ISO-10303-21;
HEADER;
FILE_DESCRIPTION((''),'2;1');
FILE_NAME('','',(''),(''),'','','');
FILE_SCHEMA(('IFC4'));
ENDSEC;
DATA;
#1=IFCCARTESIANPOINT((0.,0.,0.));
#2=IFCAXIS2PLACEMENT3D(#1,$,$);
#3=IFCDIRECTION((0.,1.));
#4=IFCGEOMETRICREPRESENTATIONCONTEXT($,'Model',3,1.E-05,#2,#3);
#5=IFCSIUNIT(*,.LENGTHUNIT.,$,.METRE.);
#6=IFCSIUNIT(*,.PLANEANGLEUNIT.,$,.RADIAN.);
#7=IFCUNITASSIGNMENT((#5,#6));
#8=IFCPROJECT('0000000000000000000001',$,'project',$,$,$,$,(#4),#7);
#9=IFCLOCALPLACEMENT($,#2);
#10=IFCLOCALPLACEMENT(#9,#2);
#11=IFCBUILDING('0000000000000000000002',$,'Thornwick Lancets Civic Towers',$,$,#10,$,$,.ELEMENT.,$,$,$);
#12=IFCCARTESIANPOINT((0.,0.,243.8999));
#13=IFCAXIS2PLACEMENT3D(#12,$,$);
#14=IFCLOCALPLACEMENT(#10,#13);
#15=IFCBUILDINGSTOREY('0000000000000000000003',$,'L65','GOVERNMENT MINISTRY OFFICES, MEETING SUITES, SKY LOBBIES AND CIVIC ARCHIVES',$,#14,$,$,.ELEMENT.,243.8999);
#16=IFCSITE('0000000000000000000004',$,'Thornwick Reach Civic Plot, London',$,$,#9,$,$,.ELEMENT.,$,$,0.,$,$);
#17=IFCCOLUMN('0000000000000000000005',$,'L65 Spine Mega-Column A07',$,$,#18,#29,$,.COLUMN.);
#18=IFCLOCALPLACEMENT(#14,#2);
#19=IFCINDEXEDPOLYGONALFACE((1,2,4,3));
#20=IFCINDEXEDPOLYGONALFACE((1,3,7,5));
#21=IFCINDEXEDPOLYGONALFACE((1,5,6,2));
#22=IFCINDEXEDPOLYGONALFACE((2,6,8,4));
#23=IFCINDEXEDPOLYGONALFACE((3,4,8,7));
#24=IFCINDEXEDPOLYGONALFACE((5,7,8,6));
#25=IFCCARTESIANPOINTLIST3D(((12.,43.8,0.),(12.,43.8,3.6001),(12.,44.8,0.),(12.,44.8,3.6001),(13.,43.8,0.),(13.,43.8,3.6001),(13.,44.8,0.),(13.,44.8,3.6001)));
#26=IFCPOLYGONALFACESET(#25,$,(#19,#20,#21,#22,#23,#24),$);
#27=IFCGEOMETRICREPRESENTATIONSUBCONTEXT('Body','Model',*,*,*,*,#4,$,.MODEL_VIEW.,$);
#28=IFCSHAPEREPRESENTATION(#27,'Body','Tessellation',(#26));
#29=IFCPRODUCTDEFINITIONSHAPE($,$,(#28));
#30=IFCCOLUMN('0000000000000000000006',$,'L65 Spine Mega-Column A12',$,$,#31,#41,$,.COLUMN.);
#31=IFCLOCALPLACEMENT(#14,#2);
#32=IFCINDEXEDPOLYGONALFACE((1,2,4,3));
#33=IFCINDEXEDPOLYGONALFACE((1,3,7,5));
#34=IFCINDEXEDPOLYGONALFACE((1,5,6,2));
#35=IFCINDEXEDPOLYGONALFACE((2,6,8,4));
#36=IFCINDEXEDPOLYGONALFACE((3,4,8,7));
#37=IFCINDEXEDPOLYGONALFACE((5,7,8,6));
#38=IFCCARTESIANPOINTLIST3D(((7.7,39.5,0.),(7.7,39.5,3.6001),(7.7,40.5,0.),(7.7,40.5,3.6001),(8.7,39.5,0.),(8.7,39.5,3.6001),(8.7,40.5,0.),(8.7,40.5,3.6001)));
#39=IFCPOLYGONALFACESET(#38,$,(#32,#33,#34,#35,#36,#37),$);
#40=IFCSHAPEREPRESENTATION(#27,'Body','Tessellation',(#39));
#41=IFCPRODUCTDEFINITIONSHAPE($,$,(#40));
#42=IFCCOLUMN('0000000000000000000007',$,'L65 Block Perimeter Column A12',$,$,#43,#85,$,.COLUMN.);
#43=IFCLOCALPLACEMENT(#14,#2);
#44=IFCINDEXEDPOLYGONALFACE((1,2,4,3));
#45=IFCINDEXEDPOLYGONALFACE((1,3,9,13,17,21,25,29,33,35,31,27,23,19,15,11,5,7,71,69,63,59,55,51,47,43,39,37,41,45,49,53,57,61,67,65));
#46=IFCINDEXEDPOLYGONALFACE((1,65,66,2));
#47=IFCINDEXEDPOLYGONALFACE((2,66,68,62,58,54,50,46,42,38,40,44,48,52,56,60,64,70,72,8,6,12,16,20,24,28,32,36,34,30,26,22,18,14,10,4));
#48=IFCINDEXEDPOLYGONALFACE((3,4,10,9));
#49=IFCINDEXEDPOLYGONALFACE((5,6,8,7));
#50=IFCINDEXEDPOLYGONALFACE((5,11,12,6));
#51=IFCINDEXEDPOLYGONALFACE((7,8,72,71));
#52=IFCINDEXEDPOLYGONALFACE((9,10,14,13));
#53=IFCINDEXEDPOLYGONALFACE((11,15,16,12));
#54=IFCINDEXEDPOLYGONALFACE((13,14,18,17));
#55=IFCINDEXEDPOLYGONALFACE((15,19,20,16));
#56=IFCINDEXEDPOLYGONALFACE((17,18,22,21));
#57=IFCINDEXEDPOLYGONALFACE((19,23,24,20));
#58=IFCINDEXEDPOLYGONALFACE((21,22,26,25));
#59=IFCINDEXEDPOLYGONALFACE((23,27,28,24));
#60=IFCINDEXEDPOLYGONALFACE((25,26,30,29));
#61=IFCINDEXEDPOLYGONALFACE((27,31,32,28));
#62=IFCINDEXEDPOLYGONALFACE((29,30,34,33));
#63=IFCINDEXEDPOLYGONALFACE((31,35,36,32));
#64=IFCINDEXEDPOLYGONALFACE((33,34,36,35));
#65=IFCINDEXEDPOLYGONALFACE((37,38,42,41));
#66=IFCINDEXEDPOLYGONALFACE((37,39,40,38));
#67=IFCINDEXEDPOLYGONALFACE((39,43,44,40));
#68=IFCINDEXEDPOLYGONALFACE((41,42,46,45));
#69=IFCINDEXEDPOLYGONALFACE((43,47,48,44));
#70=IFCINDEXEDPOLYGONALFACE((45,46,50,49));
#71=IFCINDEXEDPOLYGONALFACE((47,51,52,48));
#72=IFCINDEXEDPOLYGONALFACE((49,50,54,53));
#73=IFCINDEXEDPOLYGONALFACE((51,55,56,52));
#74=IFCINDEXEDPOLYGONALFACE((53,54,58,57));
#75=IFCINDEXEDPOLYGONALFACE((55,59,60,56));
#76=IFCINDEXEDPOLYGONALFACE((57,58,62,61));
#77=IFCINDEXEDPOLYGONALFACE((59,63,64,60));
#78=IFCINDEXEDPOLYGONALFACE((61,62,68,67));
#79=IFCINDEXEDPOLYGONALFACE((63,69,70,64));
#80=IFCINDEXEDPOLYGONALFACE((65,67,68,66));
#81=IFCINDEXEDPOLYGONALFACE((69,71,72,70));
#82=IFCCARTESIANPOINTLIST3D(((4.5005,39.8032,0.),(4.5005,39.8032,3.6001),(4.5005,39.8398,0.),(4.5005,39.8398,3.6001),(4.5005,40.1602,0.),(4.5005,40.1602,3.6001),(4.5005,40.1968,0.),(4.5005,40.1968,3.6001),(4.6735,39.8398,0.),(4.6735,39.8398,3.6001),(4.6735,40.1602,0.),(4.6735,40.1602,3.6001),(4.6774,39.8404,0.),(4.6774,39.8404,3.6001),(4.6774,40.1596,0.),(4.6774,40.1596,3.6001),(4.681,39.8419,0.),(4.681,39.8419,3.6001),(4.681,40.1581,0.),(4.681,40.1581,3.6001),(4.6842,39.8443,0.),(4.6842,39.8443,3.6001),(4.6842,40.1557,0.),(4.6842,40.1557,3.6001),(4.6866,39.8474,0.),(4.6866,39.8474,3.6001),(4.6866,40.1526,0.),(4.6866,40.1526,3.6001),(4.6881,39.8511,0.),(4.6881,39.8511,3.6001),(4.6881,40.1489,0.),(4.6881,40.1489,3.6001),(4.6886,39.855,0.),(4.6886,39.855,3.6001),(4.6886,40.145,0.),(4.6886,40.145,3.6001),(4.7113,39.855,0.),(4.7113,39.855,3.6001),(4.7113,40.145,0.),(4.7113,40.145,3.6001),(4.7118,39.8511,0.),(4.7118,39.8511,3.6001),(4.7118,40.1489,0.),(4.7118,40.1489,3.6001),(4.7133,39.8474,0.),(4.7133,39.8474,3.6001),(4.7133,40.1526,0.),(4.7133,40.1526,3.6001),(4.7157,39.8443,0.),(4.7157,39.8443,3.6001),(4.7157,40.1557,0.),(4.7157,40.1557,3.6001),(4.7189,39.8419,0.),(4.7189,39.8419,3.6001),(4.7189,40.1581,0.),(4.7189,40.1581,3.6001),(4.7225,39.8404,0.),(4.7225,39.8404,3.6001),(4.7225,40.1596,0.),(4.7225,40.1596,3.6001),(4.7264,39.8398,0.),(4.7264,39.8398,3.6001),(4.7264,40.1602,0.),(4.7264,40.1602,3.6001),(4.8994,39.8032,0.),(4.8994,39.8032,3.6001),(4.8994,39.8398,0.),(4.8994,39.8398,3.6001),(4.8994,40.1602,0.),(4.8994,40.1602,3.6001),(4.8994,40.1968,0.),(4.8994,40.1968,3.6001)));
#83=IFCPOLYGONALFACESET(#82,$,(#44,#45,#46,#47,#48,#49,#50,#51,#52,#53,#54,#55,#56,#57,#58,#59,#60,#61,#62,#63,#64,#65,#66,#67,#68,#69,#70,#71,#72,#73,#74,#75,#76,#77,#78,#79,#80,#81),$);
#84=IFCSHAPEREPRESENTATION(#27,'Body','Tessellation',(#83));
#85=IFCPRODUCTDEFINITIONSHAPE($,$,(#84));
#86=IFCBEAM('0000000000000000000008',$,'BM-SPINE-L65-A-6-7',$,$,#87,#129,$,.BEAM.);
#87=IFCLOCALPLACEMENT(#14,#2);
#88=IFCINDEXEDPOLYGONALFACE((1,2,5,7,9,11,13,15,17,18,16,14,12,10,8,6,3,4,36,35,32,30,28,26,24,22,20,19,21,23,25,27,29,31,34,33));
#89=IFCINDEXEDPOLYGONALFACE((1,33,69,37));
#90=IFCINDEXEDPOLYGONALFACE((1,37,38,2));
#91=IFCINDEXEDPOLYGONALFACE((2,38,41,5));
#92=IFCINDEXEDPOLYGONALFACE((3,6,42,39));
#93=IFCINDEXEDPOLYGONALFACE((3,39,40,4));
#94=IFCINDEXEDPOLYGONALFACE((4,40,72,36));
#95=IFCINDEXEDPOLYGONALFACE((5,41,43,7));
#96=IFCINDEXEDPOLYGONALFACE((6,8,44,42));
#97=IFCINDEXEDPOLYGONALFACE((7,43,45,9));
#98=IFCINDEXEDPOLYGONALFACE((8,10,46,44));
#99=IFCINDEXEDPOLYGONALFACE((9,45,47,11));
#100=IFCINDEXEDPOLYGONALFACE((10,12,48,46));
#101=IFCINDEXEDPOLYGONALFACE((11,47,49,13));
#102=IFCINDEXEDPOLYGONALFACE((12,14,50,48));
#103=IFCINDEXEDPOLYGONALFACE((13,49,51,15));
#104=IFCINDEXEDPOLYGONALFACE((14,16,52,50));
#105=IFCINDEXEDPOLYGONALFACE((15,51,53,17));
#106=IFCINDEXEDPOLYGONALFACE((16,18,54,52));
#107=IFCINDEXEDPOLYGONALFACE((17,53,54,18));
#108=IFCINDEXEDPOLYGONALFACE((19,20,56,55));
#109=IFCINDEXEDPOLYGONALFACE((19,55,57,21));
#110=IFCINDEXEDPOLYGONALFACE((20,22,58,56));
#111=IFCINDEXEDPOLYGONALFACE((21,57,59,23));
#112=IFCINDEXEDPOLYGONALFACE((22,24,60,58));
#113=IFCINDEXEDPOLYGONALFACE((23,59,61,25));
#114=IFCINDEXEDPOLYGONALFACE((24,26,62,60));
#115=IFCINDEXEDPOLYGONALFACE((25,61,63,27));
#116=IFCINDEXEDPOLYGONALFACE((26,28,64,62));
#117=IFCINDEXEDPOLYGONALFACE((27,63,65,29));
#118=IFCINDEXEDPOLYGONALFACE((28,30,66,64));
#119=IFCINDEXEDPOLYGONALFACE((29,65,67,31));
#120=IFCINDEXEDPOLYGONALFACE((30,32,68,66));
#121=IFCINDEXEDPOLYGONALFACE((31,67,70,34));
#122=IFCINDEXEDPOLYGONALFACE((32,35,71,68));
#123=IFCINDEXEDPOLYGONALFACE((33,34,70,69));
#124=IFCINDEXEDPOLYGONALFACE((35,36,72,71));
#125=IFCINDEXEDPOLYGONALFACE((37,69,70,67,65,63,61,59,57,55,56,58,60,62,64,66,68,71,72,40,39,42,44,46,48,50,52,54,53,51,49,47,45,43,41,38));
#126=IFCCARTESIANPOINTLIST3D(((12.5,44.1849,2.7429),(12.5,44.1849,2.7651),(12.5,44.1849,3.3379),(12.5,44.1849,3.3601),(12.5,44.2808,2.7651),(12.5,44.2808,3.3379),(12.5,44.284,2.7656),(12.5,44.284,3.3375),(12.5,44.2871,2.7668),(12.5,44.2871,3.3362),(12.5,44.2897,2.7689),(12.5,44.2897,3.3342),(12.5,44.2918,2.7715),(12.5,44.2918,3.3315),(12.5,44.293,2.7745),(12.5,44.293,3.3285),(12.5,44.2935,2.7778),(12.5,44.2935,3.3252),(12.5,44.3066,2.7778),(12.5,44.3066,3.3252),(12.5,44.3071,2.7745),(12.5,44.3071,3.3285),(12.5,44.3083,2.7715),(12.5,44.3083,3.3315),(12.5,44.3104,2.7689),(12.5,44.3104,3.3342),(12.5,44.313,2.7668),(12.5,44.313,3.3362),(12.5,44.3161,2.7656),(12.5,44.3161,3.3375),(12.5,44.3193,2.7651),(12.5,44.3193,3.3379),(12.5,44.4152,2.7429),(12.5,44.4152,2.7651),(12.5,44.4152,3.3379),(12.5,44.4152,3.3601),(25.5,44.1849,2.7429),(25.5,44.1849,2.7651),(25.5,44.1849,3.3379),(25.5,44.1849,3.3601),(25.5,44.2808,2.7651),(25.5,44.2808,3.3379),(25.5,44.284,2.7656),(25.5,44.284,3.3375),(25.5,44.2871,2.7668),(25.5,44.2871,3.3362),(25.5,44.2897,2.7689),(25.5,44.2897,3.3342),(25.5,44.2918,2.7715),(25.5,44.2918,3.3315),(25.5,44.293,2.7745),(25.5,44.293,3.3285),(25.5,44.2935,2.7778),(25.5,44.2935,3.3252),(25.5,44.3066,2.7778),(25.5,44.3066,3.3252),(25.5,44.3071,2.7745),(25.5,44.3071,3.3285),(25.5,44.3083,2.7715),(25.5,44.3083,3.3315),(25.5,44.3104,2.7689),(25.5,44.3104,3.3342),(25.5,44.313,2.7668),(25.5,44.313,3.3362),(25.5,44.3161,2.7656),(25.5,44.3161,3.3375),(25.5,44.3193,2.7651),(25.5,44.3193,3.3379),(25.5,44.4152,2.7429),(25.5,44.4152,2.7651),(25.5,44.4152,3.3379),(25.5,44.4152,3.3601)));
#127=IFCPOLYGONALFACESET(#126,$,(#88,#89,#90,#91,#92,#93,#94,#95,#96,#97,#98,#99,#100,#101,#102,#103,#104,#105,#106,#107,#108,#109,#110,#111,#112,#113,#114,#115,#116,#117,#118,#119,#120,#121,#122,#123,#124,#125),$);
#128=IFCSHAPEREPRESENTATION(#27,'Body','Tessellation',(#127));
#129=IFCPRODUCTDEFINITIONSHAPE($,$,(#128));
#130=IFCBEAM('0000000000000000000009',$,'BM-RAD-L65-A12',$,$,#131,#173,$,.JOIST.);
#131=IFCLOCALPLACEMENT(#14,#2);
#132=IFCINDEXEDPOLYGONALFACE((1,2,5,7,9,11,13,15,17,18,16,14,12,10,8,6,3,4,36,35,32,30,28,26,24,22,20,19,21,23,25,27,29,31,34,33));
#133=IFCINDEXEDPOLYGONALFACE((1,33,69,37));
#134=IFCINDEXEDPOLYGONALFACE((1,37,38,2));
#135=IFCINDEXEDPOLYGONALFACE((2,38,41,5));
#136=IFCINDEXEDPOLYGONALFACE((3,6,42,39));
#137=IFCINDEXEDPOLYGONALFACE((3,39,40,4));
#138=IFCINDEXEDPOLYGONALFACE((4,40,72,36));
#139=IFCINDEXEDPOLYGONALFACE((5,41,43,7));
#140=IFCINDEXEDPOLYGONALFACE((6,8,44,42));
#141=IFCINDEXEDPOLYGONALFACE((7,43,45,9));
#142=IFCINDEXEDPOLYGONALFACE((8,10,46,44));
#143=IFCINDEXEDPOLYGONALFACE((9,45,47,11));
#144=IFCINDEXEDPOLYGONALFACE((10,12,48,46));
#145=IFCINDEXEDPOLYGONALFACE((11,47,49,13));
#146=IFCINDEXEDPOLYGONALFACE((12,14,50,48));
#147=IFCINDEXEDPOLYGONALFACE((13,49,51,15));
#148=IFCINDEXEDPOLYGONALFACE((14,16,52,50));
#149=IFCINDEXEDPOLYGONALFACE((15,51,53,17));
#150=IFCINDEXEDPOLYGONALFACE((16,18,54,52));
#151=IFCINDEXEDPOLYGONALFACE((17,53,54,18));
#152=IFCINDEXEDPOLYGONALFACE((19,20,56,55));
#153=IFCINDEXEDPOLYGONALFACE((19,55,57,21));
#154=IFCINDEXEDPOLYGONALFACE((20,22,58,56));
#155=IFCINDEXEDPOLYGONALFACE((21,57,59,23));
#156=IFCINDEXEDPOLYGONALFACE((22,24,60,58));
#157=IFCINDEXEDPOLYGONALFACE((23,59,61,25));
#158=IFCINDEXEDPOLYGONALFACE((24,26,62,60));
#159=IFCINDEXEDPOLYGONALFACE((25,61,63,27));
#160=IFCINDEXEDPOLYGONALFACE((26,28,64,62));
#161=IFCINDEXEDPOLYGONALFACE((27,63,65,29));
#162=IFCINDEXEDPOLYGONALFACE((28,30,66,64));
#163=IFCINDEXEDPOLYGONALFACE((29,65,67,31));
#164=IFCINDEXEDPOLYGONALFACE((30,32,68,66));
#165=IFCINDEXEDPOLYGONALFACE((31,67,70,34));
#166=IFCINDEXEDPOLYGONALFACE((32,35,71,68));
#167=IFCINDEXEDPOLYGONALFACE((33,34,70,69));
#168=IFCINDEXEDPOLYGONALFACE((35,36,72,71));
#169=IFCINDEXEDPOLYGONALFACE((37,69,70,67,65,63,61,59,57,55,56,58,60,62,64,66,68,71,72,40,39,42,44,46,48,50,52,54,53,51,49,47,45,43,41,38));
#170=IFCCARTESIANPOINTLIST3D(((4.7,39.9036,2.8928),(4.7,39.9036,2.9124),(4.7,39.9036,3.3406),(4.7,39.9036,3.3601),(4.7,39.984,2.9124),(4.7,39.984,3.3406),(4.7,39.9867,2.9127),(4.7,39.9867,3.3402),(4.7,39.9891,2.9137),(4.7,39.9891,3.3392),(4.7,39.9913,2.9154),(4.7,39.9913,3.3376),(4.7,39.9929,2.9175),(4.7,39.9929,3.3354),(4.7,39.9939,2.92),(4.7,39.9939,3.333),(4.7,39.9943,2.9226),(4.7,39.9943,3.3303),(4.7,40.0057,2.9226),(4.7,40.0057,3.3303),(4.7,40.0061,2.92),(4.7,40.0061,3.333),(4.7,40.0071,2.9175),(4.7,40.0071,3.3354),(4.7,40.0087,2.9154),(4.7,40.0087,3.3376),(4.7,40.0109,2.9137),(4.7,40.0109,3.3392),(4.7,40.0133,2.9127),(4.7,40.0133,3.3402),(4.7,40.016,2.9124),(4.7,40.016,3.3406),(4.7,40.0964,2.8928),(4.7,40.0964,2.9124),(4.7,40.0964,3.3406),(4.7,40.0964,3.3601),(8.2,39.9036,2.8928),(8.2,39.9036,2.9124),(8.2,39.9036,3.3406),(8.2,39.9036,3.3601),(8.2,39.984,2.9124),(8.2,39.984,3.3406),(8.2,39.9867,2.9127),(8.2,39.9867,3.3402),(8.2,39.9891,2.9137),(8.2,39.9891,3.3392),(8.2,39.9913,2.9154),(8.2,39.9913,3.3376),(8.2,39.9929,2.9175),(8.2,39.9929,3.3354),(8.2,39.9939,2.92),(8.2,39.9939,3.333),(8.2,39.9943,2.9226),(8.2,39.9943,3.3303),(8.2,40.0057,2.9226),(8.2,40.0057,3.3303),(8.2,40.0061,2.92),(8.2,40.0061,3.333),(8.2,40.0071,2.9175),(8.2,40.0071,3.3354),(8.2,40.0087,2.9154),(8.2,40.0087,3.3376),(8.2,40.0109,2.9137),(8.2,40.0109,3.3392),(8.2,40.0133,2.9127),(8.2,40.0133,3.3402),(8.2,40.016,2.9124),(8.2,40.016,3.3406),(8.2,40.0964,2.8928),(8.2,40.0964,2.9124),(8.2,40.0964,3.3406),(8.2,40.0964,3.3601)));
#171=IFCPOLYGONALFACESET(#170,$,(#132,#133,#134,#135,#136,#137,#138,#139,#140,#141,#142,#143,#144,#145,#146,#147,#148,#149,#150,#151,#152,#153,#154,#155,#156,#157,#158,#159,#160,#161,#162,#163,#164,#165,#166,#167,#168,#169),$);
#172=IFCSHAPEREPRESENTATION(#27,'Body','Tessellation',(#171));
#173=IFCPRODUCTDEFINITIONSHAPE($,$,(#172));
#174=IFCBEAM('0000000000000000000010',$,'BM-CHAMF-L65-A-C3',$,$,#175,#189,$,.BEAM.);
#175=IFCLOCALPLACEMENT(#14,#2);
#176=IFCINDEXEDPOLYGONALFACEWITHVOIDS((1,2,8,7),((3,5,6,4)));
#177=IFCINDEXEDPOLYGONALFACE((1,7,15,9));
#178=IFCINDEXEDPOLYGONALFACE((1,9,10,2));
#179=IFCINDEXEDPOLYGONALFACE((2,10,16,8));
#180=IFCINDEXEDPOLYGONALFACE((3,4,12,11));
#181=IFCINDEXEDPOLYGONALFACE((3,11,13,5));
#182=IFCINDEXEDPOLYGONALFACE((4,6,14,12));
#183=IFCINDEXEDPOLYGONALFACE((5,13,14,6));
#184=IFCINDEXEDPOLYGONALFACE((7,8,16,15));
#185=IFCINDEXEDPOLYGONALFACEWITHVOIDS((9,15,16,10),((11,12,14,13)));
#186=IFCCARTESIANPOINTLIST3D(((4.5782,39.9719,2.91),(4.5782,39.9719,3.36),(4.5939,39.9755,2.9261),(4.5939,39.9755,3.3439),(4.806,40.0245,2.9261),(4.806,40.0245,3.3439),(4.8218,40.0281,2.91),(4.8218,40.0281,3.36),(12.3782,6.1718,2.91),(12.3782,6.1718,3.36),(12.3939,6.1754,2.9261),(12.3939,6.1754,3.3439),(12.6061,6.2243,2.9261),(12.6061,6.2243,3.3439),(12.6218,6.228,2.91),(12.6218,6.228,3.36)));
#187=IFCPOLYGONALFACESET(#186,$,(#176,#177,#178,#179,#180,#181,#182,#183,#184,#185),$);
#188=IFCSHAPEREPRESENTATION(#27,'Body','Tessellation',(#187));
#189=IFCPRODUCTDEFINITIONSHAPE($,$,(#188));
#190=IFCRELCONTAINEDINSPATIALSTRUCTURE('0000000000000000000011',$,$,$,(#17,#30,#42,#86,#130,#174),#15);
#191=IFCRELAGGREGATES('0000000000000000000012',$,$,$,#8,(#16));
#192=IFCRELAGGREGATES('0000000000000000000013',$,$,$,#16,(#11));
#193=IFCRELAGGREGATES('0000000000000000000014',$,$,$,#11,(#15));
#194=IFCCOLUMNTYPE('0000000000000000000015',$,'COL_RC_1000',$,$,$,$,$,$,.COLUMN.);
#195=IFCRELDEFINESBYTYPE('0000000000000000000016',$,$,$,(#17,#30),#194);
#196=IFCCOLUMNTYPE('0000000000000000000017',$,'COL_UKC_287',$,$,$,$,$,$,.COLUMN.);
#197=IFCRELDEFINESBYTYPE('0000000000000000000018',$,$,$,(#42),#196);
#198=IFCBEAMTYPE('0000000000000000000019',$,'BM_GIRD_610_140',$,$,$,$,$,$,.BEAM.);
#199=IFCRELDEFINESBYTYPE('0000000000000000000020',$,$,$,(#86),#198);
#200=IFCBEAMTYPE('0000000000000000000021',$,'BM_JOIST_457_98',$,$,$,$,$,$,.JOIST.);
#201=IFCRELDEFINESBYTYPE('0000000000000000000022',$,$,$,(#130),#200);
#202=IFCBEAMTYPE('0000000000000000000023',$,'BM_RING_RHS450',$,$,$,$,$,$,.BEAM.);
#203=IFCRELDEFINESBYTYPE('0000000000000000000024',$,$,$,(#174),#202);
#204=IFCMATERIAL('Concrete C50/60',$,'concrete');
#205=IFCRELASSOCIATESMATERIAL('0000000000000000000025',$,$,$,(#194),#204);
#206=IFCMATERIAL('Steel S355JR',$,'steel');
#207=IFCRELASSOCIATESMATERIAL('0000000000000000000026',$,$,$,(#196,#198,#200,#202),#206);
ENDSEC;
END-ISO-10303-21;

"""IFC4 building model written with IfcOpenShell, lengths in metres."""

from ifc_helpers import new_model, si_unit, direction, frame, origin, origin_2d, place, context, subcontext, project, spatial, rectangle, hollow_rectangle, i_section, extrude, material, material_profile, profile_set, type_object, element, save


model = new_model("IFC4")

# Units and contexts
model_context = context("Model", 3, precision=1e-05, world=origin(), true_north=direction((0.0, 1.0)))
body_context = subcontext(model_context, "Body", "Model", "MODEL_VIEW")
ifc_project = project(units=[si_unit("LENGTHUNIT", "METRE"), si_unit("PLANEANGLEUNIT", "RADIAN")], contexts=[model_context])

# Site, building, storey
site_placement = place(None, origin())
site = spatial("IfcSite", under=ifc_project, at=site_placement, Name="Thornwick Reach Civic Plot, London", CompositionType="ELEMENT", RefElevation=0.0)
building_placement = place(site_placement, origin())
building = spatial("IfcBuilding", under=site, at=building_placement, Name="Thornwick Lancets Civic Towers", CompositionType="ELEMENT")
storey_placement = place(building_placement, frame((0.0, 0.0, 243.8999)))
storey = spatial("IfcBuildingStorey", under=building, at=storey_placement, Name="L65", Description="GOVERNMENT MINISTRY OFFICES, MEETING SUITES, SKY LOBBIES AND CIVIC ARCHIVES", CompositionType="ELEMENT", Elevation=243.8999)

# Columns
ifc_material_1 = material(Name="Concrete C50/60", Category="concrete")
ifc_material_profile_1 = material_profile(ifc_material_1, rectangle(XDim=1.0, YDim=1.0, at=origin_2d()), Name="RC 1000x1000")
ifc_profile_set_1 = profile_set([ifc_material_profile_1], Name="Concrete C50/60")
column_type_1 = type_object("IfcColumnType", Name="COL_RC_1000", PredefinedType="COLUMN", material=ifc_profile_set_1)
for number, where, z_axis, x_axis, name in (
    (1, (12.5, 44.3, 0.0), (0.0, 0.0, 1.0), (1.0, 0.0, 0.0), "L65 Spine Mega-Column A07"),
    (2, (8.2, 40.0, 0.0), (0.0, 0.0, 1.0), (1.0, 0.0, 0.0), "L65 Spine Mega-Column A12"),
):
    element("IfcColumn", number, at=place(storey_placement, frame(where, z_axis=z_axis, x_axis=x_axis)), inside=storey, type_object=column_type_1, Name=name, PredefinedType="COLUMN", context=body_context, shape_type="SweptSolid", body=[
        extrude(rectangle(XDim=1.0, YDim=1.0, at=origin_2d()), origin(), (0.0, 0.0, 1.0), 3.6001),
    ])
ifc_material_2 = material(Name="Steel S355JR", Category="steel")
ifc_material_profile_2 = material_profile(ifc_material_2, i_section(OverallWidth=0.3989, OverallDepth=0.3936, WebThickness=0.0227, FlangeThickness=0.0366, FilletRadius=0.0151, at=origin_2d()), Name="UKC 356x406x287")
ifc_profile_set_2 = profile_set([ifc_material_profile_2], Name="Steel S355JR")
column_type_2 = type_object("IfcColumnType", Name="COL_UKC_287", PredefinedType="COLUMN", material=ifc_profile_set_2)
column_placement = place(storey_placement, frame((4.7, 40.0, 0.0), z_axis=(0.0, 0.0, 1.0), x_axis=(1.0, 0.0, 0.0)))
element("IfcColumn", 3, at=column_placement, inside=storey, type_object=column_type_2, Name="L65 Block Perimeter Column A12", PredefinedType="COLUMN", context=body_context, shape_type="SweptSolid", body=[
    extrude(i_section(OverallWidth=0.3989, OverallDepth=0.3936, WebThickness=0.0227, FlangeThickness=0.0366, FilletRadius=0.0151, at=origin_2d()), origin(), (0.0, 0.0, 1.0), 3.6001),
])

# Beams
ifc_material_profile_3 = material_profile(ifc_material_2, i_section(OverallWidth=0.2302, OverallDepth=0.6172, WebThickness=0.0132, FlangeThickness=0.0222, FilletRadius=0.0127, at=origin_2d()), Name="UKB 610x229x140")
ifc_profile_set_3 = profile_set([ifc_material_profile_3], Name="Steel S355JR")
beam_type_1 = type_object("IfcBeamType", Name="BM_GIRD_610_140", PredefinedType="BEAM", material=ifc_profile_set_3)
beam_1_placement = place(storey_placement, frame((12.5, 44.3, 3.0515), z_axis=(1.0, 0.0, 0.0), x_axis=(0.0, 1.0, 0.0)))
element("IfcBeam", 4, at=beam_1_placement, inside=storey, type_object=beam_type_1, Name="BM-SPINE-L65-A-6-7", PredefinedType="BEAM", context=body_context, shape_type="SweptSolid", body=[
    extrude(i_section(OverallWidth=0.2302, OverallDepth=0.6172, WebThickness=0.0132, FlangeThickness=0.0222, FilletRadius=0.0127, at=origin_2d()), origin(), (0.0, 0.0, 1.0), 13.0),
])
ifc_material_profile_4 = material_profile(ifc_material_2, i_section(OverallWidth=0.1929, OverallDepth=0.4673, WebThickness=0.0115, FlangeThickness=0.0195, FilletRadius=0.0103, at=origin_2d()), Name="UKB 457x191x98")
ifc_profile_set_4 = profile_set([ifc_material_profile_4], Name="Steel S355JR")
beam_type_2 = type_object("IfcBeamType", Name="BM_JOIST_457_98", PredefinedType="JOIST", material=ifc_profile_set_4)
beam_2_placement = place(storey_placement, frame((8.2, 40.0, 3.1265), z_axis=(-1.0, 0.0, 0.0), x_axis=(0.0, -1.0, 0.0)))
element("IfcBeam", 5, at=beam_2_placement, inside=storey, type_object=beam_type_2, Name="BM-RAD-L65-A12", PredefinedType="JOIST", context=body_context, shape_type="SweptSolid", body=[
    extrude(i_section(OverallWidth=0.1929, OverallDepth=0.4673, WebThickness=0.0115, FlangeThickness=0.0195, FilletRadius=0.0103, at=origin_2d()), origin(), (0.0, 0.0, 1.0), 3.5),
])
ifc_material_profile_5 = material_profile(ifc_material_2, hollow_rectangle(XDim=0.25, YDim=0.45, WallThickness=0.0161, at=origin_2d()), Name="RHS 450x250x16")
ifc_profile_set_5 = profile_set([ifc_material_profile_5], Name="Steel S355JR")
beam_type_3 = type_object("IfcBeamType", Name="BM_RING_RHS450", PredefinedType="BEAM", material=ifc_profile_set_5)
beam_3_placement = place(storey_placement, frame((4.7, 40.0, 3.135), z_axis=(0.224861, -0.974391, 0.0), x_axis=(0.974391, 0.224861, 0.0)))
element("IfcBeam", 6, at=beam_3_placement, inside=storey, type_object=beam_type_3, Name="BM-CHAMF-L65-A-C3", PredefinedType="BEAM", context=body_context, shape_type="SweptSolid", body=[
    extrude(hollow_rectangle(XDim=0.25, YDim=0.45, WallThickness=0.0161, at=origin_2d()), origin(), (0.0, 0.0, 1.0), 34.6885),
])

save(model, "model.ifc")
